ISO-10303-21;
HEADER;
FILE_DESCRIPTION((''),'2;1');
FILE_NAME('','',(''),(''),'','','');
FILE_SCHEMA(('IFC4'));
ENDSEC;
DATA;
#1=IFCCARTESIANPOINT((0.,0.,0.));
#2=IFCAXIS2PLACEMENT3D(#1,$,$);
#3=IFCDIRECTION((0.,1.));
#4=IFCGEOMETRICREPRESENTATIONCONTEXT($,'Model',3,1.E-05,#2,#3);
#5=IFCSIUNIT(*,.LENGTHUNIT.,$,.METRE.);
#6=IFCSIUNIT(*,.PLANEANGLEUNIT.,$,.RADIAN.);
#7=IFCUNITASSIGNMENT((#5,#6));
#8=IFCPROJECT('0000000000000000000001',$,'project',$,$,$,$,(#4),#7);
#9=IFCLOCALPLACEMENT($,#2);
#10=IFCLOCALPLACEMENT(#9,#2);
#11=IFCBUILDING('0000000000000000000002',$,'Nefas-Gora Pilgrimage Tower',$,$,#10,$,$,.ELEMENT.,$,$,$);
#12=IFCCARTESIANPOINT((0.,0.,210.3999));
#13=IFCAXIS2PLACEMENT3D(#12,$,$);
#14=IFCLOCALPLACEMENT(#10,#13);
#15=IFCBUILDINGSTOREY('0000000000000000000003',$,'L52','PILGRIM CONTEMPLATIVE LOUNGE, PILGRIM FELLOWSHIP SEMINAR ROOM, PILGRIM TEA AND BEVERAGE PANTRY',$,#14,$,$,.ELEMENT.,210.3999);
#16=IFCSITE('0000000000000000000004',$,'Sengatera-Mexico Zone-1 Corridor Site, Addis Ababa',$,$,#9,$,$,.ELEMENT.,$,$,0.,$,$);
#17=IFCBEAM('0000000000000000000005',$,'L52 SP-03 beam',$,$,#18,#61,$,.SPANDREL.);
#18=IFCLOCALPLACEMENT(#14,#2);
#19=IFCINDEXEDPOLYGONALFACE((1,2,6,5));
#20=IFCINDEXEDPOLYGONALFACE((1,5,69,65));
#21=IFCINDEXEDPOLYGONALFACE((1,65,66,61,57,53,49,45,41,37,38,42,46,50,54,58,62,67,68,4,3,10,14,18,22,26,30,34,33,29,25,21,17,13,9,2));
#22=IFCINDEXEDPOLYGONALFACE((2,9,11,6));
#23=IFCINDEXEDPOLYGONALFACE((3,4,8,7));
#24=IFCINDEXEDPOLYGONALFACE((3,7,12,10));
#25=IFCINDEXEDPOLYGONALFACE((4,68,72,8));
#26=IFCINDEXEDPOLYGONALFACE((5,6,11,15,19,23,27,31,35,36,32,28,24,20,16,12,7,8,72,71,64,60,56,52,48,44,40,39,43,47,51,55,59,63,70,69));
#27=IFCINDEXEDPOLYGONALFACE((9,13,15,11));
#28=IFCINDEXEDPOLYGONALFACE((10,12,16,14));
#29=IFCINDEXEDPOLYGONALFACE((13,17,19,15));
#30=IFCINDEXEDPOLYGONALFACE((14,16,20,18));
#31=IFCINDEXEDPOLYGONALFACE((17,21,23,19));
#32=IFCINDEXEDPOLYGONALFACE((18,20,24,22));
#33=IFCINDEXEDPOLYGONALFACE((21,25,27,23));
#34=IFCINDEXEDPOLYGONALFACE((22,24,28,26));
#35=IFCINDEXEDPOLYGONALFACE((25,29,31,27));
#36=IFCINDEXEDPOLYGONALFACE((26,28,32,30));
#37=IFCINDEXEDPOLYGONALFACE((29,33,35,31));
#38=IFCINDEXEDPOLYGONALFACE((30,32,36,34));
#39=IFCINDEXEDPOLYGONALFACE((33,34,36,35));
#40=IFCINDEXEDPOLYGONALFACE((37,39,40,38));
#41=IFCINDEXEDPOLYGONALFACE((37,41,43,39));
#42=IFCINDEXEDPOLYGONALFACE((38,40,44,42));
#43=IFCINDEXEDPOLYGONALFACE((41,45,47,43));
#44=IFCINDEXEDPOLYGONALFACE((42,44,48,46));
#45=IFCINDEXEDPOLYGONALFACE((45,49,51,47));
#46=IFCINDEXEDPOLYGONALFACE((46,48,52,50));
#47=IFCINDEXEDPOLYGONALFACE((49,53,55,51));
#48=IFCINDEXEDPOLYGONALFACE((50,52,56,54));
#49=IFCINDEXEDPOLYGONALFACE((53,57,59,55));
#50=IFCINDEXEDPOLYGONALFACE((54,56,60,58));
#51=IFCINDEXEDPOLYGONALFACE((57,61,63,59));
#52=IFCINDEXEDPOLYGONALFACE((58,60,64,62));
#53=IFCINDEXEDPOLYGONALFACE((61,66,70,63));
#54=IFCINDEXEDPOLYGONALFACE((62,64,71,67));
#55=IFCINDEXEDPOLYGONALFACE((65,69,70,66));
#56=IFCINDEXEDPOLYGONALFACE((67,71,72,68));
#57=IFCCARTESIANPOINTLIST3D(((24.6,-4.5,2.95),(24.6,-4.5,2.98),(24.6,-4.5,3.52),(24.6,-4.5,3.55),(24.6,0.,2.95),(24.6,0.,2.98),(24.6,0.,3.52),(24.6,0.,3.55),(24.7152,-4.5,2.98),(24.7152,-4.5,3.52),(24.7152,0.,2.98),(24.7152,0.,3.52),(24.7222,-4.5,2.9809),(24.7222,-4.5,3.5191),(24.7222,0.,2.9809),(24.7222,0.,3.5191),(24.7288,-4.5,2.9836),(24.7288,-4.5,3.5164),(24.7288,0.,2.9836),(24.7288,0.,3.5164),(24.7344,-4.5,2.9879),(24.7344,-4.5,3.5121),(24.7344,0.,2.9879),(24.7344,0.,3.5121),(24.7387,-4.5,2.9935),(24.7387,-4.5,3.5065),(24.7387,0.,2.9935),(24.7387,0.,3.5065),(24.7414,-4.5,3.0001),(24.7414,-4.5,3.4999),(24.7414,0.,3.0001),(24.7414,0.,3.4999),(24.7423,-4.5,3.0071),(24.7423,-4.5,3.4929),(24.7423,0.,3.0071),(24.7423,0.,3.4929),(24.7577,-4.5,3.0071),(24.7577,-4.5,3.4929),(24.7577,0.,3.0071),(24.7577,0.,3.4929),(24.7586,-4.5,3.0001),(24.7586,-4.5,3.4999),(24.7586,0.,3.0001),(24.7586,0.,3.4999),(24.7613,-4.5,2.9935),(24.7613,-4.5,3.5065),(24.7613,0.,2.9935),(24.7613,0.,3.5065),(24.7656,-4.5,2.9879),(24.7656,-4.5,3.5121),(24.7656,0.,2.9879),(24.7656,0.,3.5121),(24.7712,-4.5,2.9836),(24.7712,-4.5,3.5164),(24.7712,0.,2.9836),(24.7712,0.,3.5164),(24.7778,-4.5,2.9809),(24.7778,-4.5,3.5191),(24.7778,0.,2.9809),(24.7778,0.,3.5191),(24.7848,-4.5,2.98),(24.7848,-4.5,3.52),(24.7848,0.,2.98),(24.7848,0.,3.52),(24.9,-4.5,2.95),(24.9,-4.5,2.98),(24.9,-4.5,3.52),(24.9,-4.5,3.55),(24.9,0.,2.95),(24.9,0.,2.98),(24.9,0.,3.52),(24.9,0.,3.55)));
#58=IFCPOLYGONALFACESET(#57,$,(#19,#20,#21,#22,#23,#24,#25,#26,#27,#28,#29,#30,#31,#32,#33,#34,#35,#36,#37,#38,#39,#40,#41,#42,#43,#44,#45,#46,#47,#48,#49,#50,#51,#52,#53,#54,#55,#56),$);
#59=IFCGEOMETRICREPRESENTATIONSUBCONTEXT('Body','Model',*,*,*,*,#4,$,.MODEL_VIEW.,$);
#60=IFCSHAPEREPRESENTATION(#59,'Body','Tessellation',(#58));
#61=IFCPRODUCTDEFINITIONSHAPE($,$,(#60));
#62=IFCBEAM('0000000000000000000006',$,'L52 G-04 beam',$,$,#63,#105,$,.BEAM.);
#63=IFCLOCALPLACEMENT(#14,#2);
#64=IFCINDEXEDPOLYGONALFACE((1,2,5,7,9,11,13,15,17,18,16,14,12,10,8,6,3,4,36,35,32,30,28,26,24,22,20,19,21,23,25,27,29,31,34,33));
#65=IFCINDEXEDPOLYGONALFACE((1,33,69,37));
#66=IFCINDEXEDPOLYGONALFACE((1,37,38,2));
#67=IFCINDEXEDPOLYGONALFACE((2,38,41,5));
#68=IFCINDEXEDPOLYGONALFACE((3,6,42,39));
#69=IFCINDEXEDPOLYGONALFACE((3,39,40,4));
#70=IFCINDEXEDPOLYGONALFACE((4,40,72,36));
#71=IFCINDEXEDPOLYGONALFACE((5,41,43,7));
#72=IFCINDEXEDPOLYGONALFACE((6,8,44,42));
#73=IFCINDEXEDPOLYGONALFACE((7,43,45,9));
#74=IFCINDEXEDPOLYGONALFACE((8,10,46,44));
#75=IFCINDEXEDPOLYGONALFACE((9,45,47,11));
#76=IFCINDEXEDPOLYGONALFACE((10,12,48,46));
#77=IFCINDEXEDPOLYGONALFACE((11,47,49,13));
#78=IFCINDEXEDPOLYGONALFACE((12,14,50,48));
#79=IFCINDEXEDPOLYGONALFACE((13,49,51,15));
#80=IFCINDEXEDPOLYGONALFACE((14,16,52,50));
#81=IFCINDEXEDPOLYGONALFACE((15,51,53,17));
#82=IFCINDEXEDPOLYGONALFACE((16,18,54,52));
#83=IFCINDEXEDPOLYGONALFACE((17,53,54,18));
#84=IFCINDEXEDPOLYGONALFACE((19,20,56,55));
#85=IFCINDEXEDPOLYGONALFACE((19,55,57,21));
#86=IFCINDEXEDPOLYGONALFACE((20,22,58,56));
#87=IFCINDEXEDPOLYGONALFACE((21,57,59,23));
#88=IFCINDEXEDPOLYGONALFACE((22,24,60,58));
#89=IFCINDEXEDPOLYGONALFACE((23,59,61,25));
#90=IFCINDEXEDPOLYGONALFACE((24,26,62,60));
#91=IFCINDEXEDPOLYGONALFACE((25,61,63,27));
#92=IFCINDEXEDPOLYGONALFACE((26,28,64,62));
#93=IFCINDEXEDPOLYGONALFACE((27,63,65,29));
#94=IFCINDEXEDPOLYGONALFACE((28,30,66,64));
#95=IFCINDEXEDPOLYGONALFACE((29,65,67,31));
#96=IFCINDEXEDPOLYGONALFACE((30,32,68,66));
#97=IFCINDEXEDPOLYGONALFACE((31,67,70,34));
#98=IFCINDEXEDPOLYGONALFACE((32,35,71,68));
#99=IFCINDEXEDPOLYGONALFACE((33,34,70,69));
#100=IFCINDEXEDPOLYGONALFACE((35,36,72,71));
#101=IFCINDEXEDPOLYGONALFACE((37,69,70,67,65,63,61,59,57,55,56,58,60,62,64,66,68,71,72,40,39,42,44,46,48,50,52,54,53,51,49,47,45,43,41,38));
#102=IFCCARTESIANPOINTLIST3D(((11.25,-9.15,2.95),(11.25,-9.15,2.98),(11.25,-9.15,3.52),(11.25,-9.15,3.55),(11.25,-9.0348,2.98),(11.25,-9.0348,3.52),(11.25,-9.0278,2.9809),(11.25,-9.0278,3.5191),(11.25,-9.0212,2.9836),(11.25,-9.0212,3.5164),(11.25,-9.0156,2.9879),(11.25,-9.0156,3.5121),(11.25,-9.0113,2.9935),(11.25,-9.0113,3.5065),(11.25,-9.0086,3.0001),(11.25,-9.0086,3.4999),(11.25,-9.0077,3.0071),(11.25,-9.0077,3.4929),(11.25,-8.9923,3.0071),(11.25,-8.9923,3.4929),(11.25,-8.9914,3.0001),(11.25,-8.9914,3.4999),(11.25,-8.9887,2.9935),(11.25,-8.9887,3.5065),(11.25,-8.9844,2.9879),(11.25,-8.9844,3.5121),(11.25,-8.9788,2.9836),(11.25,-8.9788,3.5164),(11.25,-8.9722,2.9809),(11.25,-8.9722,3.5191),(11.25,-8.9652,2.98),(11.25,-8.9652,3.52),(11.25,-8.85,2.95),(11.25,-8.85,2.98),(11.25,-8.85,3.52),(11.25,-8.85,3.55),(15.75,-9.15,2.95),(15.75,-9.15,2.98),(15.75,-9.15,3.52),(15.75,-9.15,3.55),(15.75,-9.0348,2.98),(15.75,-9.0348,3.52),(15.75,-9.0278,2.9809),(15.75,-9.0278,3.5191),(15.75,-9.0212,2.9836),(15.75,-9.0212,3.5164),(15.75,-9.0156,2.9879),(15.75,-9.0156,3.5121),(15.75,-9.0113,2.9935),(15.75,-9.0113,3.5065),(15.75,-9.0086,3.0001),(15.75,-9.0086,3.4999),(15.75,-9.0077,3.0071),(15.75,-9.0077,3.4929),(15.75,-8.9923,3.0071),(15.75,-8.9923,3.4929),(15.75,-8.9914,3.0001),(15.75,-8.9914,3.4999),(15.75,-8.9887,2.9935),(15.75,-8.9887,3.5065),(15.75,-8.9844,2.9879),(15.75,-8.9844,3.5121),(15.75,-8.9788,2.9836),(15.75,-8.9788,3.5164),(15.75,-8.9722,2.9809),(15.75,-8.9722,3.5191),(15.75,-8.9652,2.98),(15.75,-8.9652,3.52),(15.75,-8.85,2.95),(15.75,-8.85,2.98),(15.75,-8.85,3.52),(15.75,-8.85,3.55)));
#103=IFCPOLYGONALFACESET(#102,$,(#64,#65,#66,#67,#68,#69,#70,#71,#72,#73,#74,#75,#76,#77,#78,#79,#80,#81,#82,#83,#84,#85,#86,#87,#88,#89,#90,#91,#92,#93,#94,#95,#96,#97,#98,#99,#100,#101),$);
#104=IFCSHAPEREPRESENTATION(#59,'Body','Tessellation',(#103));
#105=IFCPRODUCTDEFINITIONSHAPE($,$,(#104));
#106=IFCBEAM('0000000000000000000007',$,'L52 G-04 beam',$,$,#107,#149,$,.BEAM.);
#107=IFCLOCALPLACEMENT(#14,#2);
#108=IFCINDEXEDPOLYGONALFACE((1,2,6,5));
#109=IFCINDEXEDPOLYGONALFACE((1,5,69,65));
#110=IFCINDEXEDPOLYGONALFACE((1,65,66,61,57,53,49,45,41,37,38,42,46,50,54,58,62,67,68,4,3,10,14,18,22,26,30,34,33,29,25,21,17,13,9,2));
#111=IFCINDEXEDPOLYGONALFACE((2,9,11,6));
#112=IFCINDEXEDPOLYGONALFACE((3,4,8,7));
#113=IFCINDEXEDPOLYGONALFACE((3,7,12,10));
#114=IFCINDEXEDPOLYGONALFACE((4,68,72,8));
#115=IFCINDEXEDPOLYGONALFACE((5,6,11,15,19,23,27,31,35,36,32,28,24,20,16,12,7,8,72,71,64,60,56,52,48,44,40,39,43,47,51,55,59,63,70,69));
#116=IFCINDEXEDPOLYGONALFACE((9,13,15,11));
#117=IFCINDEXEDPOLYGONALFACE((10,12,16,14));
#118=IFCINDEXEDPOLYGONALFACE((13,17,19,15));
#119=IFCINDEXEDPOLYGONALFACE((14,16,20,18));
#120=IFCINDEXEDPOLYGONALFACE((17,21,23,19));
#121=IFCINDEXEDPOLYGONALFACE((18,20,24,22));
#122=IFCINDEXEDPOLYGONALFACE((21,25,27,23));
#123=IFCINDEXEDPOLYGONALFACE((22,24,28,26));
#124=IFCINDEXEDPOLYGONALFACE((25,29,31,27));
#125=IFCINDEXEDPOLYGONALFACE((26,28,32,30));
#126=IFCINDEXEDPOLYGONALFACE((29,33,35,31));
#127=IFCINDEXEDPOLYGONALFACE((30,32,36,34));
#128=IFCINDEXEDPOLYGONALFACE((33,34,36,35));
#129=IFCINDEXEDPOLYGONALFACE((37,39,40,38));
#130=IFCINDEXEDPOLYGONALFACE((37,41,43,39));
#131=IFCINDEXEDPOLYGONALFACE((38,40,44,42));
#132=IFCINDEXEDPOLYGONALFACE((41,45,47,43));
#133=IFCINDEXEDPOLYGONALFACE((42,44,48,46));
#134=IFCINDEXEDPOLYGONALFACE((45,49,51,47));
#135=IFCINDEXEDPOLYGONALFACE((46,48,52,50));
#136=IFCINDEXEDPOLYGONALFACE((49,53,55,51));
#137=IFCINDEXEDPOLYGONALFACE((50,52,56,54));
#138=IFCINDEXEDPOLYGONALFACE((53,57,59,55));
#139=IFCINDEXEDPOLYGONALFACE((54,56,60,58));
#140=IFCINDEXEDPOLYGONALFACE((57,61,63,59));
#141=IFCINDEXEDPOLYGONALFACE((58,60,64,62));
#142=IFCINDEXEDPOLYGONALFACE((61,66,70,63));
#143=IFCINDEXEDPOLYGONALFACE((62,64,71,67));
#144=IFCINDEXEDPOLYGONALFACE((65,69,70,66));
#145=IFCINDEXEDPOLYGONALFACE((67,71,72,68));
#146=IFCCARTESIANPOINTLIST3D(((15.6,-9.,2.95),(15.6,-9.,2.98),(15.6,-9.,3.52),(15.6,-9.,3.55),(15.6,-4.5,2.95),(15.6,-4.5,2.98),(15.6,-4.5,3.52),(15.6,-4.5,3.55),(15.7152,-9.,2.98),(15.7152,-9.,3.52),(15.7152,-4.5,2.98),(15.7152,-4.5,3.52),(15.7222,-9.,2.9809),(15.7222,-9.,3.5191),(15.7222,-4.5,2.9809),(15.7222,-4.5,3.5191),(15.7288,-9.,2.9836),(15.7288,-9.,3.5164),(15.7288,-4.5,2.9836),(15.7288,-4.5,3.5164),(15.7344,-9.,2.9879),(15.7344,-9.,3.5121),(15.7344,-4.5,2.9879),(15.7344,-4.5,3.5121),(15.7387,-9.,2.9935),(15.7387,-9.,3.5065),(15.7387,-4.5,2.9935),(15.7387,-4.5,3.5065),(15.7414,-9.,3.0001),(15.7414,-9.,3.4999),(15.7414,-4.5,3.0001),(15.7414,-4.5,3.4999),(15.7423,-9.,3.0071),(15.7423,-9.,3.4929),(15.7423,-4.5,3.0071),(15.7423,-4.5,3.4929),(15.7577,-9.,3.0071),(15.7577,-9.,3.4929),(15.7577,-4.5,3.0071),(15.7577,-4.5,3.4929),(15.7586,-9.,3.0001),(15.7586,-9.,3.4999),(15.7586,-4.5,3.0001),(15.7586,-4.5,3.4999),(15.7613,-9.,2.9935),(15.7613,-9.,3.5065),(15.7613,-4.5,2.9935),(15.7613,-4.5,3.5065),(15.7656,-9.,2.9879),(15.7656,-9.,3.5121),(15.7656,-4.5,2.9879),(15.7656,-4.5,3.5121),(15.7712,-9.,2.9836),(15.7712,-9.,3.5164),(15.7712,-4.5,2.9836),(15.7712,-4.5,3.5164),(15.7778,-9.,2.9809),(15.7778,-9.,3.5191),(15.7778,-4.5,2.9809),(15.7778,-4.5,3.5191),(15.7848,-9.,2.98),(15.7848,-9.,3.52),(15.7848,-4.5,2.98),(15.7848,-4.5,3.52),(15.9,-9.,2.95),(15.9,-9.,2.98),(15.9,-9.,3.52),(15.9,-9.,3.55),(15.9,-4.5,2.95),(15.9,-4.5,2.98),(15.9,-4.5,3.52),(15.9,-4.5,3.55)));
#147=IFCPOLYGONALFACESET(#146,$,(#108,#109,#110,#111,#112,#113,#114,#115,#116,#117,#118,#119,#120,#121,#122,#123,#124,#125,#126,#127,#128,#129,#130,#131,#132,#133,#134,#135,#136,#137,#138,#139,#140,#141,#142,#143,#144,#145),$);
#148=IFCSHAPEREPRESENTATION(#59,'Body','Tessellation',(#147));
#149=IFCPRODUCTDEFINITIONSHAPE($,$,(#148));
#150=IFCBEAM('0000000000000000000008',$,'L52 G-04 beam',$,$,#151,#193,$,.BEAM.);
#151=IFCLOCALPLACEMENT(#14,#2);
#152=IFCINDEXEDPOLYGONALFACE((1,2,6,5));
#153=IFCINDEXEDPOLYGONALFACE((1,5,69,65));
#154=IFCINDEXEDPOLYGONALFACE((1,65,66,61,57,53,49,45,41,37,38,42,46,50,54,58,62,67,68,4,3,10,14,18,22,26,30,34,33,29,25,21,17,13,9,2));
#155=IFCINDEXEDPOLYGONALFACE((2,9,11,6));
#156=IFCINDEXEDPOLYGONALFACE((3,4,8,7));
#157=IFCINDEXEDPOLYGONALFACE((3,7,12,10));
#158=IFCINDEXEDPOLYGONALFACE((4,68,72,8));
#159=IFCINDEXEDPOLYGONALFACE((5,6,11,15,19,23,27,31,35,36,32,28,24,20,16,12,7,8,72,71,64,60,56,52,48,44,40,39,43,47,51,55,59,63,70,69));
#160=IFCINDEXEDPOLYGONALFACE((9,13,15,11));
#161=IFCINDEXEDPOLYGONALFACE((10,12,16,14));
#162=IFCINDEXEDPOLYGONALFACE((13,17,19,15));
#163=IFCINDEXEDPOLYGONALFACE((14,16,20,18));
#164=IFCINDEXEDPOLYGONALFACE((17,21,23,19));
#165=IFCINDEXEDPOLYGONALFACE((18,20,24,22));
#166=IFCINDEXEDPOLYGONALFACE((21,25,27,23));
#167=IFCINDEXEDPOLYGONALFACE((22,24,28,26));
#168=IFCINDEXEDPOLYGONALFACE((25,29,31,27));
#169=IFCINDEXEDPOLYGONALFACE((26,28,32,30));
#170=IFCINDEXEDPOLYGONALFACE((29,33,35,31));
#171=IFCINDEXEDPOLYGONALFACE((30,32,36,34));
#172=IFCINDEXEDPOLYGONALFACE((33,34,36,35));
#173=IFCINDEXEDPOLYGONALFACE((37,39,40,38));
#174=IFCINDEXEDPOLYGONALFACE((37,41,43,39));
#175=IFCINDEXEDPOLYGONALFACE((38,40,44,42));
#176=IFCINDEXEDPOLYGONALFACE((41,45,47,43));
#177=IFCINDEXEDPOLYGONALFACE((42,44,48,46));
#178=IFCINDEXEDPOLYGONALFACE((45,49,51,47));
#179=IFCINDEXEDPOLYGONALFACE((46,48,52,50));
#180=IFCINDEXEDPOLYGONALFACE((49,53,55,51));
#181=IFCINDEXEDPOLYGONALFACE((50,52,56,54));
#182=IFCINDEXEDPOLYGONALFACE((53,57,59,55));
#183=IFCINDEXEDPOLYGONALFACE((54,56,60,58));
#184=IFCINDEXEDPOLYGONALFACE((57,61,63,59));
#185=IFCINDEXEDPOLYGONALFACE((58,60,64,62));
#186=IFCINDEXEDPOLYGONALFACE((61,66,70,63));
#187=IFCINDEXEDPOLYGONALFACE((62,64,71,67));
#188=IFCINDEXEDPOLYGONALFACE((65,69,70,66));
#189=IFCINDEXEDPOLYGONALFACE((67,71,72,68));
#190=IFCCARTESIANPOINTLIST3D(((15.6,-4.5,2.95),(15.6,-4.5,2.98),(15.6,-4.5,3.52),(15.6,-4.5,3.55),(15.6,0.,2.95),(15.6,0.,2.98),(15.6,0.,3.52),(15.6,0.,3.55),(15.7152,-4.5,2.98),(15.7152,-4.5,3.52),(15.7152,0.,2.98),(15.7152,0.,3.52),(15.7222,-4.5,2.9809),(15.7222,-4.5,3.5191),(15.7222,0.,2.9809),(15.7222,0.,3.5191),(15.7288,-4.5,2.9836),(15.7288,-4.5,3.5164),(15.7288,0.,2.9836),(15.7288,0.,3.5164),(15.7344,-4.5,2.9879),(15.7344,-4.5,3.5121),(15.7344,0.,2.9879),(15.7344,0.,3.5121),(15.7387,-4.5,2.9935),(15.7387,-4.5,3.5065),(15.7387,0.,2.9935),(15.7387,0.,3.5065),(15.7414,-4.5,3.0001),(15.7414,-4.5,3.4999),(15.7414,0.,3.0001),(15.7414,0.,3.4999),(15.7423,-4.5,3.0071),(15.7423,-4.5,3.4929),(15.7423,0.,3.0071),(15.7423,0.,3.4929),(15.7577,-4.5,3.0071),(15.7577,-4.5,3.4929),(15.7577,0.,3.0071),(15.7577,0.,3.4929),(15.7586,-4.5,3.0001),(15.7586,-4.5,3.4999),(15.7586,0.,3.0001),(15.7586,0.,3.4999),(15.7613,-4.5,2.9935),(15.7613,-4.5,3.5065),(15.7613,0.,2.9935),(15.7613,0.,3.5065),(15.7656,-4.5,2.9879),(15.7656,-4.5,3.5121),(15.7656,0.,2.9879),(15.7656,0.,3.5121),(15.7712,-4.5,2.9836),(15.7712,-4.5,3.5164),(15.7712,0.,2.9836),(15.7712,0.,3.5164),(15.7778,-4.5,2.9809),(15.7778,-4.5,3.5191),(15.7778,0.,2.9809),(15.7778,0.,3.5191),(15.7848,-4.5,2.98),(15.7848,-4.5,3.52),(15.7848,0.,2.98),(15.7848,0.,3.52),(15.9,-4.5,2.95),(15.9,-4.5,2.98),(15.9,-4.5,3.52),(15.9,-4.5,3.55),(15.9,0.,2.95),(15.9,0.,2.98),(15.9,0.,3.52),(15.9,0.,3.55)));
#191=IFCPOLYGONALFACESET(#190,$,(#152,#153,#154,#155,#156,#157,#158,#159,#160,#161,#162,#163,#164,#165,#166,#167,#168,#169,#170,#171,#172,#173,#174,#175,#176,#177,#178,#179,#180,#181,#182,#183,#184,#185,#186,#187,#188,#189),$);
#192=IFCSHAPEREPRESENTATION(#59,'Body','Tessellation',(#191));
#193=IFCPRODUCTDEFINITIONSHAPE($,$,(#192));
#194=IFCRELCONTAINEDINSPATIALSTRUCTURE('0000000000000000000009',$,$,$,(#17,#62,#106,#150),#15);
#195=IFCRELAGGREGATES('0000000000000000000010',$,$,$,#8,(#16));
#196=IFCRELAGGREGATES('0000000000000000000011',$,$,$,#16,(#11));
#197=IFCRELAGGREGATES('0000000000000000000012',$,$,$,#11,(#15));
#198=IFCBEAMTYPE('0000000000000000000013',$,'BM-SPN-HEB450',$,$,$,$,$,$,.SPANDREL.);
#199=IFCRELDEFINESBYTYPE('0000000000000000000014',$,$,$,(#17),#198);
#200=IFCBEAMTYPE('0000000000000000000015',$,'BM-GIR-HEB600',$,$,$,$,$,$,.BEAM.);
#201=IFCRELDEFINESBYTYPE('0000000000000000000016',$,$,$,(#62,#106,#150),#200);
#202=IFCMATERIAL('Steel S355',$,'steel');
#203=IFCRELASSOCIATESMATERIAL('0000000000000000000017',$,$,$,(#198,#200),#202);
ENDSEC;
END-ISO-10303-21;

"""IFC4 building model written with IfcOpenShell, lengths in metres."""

from ifc_helpers import new_model, si_unit, direction, frame, origin, origin_2d, place, context, subcontext, project, spatial, i_section, extrude, source, transform, mapped, material, material_profile, profile_set, type_object, element, save


model = new_model("IFC4")

# Units and contexts
model_context = context("Model", 3, precision=1e-05, world=origin(), true_north=direction((0.0, 1.0)))
body_context = subcontext(model_context, "Body", "Model", "MODEL_VIEW")
ifc_project = project(units=[si_unit("LENGTHUNIT", "METRE"), si_unit("PLANEANGLEUNIT", "RADIAN")], contexts=[model_context])

# Site, building, storey
site_placement = place(None, origin())
site = spatial("IfcSite", under=ifc_project, at=site_placement, Name="Sengatera-Mexico Zone-1 Corridor Site, Addis Ababa", CompositionType="ELEMENT", RefElevation=0.0)
building_placement = place(site_placement, origin())
building = spatial("IfcBuilding", under=site, at=building_placement, Name="Nefas-Gora Pilgrimage Tower", CompositionType="ELEMENT")
storey_placement = place(building_placement, frame((0.0, 0.0, 210.3999)))
storey = spatial("IfcBuildingStorey", under=building, at=storey_placement, Name="L52", Description="PILGRIM CONTEMPLATIVE LOUNGE, PILGRIM FELLOWSHIP SEMINAR ROOM, PILGRIM TEA AND BEVERAGE PANTRY", CompositionType="ELEMENT", Elevation=210.3999)

# Beams
ifc_material_1 = material(Name="Steel S355", Category="steel")
ifc_material_profile_1 = material_profile(ifc_material_1, i_section(OverallWidth=0.3, OverallDepth=0.6001, WebThickness=0.0154, FlangeThickness=0.03, FilletRadius=0.0271, at=origin_2d()), Name="HEB 600")
ifc_profile_set_1 = profile_set([ifc_material_profile_1], Name="Steel S355")
beam_type_1 = type_object("IfcBeamType", Name="BM-SPN-HEB450", PredefinedType="SPANDREL", material=ifc_profile_set_1)
shared_shape_1 = source(origin(), body_context, "Body", "SweptSolid", [
    extrude(i_section(OverallWidth=0.3, OverallDepth=0.6001, WebThickness=0.0154, FlangeThickness=0.03, FilletRadius=0.0271, at=origin_2d()), origin(), (0.0, 0.0, 1.0), 4.5),
])
for number, where, z_axis, x_axis, name in (
    (1, (24.75, -4.5, 3.25), (0.0, 1.0, 0.0), (-1.0, 0.0, 0.0), "L52 SP-03 beam"),
):
    element("IfcBeam", number, at=place(storey_placement, frame(where, z_axis=z_axis, x_axis=x_axis)), inside=storey, type_object=beam_type_1, Name=name, PredefinedType="SPANDREL", context=body_context, shape_type="MappedRepresentation", body=[
        mapped(shared_shape_1, transform((0.0, 0.0, 0.0), x_axis=(1.0, 0.0, 0.0), y_axis=(0.0, 1.0, 0.0), z_axis=(0.0, 0.0, 1.0), scale=1.0)),
    ])
ifc_material_profile_2 = material_profile(ifc_material_1, i_section(OverallWidth=0.3, OverallDepth=0.6001, WebThickness=0.0154, FlangeThickness=0.03, FilletRadius=0.0271, at=origin_2d()), Name="HEB 600")
ifc_profile_set_2 = profile_set([ifc_material_profile_2], Name="Steel S355")
beam_type_2 = type_object("IfcBeamType", Name="BM-GIR-HEB600", PredefinedType="BEAM", material=ifc_profile_set_2)
shared_shape_2 = source(origin(), body_context, "Body", "SweptSolid", [
    extrude(i_section(OverallWidth=0.3, OverallDepth=0.6001, WebThickness=0.0154, FlangeThickness=0.03, FilletRadius=0.0271, at=origin_2d()), origin(), (0.0, 0.0, 1.0), 4.5),
])
for number, where, z_axis, x_axis, name in (
    (2, (11.25, -9.0, 3.25), (1.0, 0.0, 0.0), (0.0, 1.0, 0.0), "L52 G-04 beam"),
    (3, (15.75, -9.0, 3.25), (0.0, 1.0, 0.0), (-1.0, 0.0, 0.0), "L52 G-04 beam"),
    (4, (15.75, -4.5, 3.25), (0.0, 1.0, 0.0), (-1.0, 0.0, 0.0), "L52 G-04 beam"),
):
    element("IfcBeam", number, at=place(storey_placement, frame(where, z_axis=z_axis, x_axis=x_axis)), inside=storey, type_object=beam_type_2, Name=name, PredefinedType="BEAM", context=body_context, shape_type="MappedRepresentation", body=[
        mapped(shared_shape_2, transform((0.0, 0.0, 0.0), x_axis=(1.0, 0.0, 0.0), y_axis=(0.0, 1.0, 0.0), z_axis=(0.0, 0.0, 1.0), scale=1.0)),
    ])

save(model, "model.ifc")
